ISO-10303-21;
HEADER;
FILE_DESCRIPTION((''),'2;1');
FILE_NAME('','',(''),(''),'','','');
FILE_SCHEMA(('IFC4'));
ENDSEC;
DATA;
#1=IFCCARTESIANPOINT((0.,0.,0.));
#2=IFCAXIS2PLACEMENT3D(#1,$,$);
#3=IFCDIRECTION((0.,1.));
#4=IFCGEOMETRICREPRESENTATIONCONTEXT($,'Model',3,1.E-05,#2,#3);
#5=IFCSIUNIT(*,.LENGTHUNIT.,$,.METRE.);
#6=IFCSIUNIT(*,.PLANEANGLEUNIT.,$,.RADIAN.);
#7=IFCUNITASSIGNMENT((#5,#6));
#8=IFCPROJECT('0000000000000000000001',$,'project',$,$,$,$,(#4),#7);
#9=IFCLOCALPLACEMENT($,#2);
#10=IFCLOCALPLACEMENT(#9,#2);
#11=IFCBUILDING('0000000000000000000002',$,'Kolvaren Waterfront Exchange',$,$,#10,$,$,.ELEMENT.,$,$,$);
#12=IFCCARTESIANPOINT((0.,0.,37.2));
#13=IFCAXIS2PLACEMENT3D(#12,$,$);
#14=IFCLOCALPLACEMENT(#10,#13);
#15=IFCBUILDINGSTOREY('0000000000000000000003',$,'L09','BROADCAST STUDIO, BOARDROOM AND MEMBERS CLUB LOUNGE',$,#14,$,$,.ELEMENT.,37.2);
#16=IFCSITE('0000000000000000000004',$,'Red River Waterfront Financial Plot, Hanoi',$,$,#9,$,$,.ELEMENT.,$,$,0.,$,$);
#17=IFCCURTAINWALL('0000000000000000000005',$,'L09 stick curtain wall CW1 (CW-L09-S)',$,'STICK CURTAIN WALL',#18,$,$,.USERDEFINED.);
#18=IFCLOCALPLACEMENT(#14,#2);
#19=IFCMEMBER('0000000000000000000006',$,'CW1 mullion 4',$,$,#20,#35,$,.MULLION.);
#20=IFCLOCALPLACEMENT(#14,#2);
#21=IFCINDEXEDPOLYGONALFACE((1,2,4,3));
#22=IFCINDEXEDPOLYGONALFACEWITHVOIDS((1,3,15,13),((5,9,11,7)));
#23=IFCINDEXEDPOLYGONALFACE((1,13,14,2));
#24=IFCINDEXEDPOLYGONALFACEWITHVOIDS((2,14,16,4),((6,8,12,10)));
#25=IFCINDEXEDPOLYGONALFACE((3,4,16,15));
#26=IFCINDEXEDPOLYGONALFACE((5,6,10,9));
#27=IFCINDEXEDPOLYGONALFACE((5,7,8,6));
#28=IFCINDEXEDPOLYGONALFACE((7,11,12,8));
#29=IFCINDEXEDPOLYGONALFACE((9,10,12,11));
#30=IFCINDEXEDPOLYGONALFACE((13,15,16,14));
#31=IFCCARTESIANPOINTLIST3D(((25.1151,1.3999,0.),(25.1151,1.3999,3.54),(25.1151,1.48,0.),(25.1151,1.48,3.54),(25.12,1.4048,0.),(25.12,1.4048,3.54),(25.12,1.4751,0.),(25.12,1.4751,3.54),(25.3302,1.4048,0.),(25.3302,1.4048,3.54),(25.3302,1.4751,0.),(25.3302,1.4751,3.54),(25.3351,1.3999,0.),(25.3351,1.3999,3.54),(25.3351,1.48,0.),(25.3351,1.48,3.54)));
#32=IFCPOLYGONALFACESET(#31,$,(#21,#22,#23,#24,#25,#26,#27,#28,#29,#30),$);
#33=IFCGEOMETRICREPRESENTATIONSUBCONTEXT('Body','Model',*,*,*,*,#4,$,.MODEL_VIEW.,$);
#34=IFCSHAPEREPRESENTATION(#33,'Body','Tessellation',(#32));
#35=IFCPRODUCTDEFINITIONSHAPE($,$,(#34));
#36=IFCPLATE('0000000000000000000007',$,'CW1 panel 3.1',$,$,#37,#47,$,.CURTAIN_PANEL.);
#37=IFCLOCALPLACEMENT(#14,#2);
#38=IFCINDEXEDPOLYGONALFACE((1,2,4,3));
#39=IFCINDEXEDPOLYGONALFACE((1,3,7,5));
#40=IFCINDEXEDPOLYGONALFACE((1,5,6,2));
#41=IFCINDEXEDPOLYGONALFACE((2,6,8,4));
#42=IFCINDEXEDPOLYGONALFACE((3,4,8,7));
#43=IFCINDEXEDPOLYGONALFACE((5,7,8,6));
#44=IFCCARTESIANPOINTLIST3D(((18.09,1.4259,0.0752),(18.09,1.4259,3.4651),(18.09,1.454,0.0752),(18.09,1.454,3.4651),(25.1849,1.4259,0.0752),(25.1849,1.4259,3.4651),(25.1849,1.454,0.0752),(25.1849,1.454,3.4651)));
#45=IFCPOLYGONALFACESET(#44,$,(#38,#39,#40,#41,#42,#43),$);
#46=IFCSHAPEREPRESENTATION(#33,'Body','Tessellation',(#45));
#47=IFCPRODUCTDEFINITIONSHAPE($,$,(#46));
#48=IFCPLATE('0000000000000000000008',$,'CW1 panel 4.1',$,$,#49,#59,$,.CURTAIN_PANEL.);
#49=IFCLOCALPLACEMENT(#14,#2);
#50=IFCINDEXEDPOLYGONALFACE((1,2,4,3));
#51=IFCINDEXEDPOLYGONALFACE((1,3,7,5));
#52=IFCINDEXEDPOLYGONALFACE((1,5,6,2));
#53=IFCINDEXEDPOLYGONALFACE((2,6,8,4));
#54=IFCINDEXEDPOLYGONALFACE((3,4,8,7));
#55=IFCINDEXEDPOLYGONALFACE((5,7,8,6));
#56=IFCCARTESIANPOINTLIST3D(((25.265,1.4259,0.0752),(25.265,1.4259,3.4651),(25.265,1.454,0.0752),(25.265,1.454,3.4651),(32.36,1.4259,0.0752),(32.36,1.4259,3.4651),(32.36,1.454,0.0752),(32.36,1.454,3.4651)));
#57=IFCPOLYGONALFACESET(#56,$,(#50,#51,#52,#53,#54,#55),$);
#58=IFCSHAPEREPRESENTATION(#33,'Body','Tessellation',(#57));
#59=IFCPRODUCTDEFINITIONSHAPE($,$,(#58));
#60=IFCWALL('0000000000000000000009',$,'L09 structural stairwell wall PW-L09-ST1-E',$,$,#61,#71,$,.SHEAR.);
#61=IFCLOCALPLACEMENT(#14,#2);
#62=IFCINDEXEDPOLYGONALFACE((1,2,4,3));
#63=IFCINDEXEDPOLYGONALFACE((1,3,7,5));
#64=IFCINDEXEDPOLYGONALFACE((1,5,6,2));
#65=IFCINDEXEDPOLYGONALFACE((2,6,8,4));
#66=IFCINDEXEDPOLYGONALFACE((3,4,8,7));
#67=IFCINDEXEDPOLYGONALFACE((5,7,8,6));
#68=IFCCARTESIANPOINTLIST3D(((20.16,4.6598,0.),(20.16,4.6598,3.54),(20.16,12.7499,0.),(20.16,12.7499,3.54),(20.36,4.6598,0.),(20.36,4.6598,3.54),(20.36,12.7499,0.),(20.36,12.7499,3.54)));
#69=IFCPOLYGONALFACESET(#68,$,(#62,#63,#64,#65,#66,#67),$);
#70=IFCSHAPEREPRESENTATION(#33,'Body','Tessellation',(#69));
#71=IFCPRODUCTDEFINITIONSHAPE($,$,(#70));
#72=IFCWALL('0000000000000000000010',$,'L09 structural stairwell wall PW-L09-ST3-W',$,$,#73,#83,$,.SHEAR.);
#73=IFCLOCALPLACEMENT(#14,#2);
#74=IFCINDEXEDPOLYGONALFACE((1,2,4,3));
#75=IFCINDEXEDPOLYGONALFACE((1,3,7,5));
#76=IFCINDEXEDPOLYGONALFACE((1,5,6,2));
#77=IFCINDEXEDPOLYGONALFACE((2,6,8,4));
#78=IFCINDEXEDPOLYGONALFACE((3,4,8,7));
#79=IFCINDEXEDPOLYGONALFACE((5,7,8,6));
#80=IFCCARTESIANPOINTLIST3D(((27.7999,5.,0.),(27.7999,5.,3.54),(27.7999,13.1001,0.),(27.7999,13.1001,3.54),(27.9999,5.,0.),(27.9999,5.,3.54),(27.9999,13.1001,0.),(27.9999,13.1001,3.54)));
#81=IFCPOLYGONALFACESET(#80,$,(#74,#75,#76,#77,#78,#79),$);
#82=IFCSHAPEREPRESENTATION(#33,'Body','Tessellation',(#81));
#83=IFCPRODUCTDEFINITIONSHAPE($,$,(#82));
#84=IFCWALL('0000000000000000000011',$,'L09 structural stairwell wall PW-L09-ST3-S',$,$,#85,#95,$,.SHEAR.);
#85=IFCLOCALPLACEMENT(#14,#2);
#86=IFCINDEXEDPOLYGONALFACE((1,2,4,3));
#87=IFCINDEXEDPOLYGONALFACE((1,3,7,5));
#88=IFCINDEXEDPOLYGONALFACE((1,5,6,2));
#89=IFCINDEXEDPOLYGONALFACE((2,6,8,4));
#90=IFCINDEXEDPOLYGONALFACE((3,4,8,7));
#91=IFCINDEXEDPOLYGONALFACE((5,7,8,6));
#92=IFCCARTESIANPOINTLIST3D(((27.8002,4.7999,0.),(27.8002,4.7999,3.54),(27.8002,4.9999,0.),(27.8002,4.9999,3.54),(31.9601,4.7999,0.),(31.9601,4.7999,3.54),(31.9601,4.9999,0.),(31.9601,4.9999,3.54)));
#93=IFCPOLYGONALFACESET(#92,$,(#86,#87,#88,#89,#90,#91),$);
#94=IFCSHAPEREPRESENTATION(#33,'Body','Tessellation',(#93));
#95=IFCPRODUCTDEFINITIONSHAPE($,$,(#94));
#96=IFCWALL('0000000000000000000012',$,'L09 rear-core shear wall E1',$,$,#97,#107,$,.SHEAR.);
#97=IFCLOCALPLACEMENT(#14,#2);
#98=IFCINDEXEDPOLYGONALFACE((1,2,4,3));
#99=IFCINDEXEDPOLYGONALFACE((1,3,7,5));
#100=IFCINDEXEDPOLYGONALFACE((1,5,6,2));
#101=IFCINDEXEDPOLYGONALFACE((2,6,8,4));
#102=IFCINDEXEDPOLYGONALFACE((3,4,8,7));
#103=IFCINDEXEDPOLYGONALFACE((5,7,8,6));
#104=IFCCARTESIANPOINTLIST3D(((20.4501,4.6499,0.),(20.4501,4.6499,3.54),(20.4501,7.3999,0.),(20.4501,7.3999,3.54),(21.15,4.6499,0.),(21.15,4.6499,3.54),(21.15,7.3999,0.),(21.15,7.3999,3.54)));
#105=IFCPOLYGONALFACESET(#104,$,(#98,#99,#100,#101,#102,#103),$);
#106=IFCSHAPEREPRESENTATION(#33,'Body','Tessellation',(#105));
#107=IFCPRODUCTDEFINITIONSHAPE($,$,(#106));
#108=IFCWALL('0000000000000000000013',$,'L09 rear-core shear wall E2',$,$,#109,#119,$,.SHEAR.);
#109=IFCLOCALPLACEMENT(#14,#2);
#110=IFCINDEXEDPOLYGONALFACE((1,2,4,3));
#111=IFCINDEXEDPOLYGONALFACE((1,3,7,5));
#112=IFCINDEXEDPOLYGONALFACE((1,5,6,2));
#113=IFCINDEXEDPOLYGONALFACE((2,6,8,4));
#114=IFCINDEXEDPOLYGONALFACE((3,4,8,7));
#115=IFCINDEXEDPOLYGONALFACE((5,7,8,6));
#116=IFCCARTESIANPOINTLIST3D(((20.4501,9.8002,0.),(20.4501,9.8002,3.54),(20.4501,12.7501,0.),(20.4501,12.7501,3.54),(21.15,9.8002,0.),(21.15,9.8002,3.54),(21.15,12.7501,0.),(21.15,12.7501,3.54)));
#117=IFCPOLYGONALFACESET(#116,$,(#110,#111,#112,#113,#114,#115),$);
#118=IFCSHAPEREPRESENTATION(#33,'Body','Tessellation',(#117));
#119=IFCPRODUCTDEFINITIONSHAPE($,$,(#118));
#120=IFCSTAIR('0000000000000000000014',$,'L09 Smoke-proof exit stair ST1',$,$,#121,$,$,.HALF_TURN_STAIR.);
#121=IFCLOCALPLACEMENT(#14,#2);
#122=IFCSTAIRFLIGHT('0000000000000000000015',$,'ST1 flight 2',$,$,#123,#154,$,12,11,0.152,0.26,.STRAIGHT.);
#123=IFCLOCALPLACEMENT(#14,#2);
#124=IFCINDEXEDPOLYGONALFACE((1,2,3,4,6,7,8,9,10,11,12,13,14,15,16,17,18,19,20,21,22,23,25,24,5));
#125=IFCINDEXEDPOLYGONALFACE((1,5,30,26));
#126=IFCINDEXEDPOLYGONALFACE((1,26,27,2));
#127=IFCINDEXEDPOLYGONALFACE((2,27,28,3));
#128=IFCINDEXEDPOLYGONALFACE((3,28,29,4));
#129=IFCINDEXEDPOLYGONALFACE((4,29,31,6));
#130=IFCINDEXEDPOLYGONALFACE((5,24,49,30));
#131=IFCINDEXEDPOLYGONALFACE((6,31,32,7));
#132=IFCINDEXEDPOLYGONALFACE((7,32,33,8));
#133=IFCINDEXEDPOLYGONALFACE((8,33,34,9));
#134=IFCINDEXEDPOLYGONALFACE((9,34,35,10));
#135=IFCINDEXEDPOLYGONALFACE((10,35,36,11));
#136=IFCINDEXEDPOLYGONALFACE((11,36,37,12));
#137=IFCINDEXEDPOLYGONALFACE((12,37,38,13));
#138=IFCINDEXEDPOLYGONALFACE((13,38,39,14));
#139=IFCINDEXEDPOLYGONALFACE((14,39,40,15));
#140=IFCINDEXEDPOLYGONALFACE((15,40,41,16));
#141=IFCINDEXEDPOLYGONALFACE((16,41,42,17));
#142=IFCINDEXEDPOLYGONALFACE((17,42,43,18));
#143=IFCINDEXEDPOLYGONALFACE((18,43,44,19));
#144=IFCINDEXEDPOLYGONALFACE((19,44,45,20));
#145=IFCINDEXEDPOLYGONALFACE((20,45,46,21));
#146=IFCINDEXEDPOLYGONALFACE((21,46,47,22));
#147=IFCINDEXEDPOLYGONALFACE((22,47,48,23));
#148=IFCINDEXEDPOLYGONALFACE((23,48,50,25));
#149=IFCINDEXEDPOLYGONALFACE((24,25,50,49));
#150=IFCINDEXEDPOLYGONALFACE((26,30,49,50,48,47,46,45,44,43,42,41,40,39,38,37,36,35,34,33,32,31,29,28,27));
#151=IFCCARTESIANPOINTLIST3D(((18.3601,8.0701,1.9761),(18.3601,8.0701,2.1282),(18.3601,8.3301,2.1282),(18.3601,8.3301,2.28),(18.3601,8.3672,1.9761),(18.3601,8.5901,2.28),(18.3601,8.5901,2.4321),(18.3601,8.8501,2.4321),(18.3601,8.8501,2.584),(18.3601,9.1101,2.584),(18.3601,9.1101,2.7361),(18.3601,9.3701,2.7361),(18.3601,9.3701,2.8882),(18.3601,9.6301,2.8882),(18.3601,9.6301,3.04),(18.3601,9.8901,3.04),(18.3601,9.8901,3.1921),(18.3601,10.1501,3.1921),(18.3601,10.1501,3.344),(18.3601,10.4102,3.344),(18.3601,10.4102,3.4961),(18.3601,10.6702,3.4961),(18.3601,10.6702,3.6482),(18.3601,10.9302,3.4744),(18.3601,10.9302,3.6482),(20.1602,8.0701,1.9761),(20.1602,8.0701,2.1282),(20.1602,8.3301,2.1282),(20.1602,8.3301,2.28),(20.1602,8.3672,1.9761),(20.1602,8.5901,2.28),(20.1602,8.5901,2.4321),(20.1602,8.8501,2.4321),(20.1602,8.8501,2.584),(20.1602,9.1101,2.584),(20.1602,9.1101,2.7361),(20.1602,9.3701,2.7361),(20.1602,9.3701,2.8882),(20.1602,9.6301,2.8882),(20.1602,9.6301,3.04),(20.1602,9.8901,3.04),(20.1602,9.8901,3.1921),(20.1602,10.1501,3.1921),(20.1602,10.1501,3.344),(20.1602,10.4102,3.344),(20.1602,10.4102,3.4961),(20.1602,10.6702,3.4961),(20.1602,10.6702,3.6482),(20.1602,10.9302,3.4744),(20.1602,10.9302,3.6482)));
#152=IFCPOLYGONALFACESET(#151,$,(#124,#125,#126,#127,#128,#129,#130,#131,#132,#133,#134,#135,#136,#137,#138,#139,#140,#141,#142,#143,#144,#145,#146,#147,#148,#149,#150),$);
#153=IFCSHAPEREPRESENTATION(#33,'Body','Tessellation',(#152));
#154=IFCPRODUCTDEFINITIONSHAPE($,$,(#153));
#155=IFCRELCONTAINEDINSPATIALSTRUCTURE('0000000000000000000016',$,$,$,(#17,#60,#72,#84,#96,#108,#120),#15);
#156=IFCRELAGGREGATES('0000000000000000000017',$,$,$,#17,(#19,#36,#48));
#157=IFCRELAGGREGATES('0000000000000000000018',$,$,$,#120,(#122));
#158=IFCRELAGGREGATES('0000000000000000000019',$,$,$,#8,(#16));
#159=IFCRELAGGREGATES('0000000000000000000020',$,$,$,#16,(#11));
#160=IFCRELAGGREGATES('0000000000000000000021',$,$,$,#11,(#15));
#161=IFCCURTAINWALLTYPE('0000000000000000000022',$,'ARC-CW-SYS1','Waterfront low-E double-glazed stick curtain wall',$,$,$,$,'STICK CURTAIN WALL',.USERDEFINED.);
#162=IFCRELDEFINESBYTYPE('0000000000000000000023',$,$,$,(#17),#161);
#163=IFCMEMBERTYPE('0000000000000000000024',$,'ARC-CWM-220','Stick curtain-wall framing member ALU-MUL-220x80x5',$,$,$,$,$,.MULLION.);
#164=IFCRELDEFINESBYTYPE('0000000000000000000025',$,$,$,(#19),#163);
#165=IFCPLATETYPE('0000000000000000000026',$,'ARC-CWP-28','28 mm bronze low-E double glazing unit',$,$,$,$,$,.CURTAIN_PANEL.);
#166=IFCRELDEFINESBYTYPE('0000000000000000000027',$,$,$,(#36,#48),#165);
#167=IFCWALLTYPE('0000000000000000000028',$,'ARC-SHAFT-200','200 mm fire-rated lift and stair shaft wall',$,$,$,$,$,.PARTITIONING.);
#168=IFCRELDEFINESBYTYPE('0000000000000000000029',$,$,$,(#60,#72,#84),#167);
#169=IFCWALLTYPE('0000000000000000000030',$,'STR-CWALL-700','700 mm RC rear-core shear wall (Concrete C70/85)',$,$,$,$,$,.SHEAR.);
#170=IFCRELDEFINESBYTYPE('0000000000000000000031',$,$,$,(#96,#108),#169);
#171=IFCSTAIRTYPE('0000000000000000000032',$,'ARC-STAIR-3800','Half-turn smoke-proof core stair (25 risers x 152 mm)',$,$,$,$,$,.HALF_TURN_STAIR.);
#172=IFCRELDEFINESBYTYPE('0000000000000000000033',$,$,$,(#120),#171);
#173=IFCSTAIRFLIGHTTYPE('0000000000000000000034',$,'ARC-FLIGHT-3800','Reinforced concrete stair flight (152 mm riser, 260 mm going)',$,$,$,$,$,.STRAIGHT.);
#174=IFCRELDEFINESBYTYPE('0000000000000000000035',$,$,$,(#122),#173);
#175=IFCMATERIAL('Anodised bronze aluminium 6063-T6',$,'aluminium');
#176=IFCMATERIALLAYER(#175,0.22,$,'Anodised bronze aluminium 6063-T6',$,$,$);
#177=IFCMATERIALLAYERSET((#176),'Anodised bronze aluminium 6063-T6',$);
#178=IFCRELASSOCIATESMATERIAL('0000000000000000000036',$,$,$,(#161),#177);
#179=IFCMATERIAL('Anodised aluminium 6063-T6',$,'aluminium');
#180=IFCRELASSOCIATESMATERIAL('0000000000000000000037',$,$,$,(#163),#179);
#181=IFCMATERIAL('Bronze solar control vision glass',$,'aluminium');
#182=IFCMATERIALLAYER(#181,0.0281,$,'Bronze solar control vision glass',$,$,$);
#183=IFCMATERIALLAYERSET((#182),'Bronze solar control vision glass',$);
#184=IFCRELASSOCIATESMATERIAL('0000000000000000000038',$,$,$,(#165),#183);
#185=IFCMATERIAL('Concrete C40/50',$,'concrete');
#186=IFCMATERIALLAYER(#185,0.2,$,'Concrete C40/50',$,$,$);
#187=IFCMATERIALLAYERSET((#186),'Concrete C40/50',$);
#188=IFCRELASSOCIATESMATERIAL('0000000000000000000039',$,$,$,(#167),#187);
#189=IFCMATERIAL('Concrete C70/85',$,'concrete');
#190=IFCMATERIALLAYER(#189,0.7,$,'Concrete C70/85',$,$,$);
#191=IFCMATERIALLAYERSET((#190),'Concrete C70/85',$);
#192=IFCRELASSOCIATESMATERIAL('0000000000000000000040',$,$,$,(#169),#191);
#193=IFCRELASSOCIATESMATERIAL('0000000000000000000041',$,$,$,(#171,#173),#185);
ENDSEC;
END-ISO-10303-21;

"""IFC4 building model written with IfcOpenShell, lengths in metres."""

from ifc_helpers import new_model, si_unit, direction, frame, frame_2d, origin, origin_with_axes, origin_2d, place, context, subcontext, project, spatial, polyline, rectangle, hollow_rectangle, outline, extrude, source, transform, mapped, material, layer, layer_set, material_profile, profile_set, type_object, element, aggregate, save


model = new_model("IFC4")

# Units and contexts
model_context = context("Model", 3, precision=1e-05, world=origin(), true_north=direction((0.0, 1.0)))
body_context = subcontext(model_context, "Body", "Model", "MODEL_VIEW")
ifc_project = project(units=[si_unit("LENGTHUNIT", "METRE"), si_unit("PLANEANGLEUNIT", "RADIAN")], contexts=[model_context])

# Site, building, storey
site_placement = place(None, origin())
site = spatial("IfcSite", under=ifc_project, at=site_placement, Name="Red River Waterfront Financial Plot, Hanoi", CompositionType="ELEMENT", RefElevation=0.0)
building_placement = place(site_placement, origin())
building = spatial("IfcBuilding", under=site, at=building_placement, Name="Kolvaren Waterfront Exchange", CompositionType="ELEMENT")
storey_placement = place(building_placement, frame((0.0, 0.0, 37.2)))
storey = spatial("IfcBuildingStorey", under=building, at=storey_placement, Name="L09", Description="BROADCAST STUDIO, BOARDROOM AND MEMBERS CLUB LOUNGE", CompositionType="ELEMENT", Elevation=37.2)

# Shared definitions
ifc_material_1 = material(Name="Concrete C70/85", Category="concrete")

# Curtain wall, member, plates
ifc_material_2 = material(Name="Anodised bronze aluminium 6063-T6", Category="aluminium")
ifc_layer_1 = layer(ifc_material_2, 0.22, Name="Anodised bronze aluminium 6063-T6")
ifc_layer_set_1 = layer_set([ifc_layer_1], Name="Anodised bronze aluminium 6063-T6")
curtain_wall_type = type_object("IfcCurtainWallType", Name="ARC-CW-SYS1", Description="Waterfront low-E double-glazed stick curtain wall", ElementType="STICK CURTAIN WALL", PredefinedType="USERDEFINED", material=ifc_layer_set_1)
curtain_wall_placement = place(storey_placement, origin())
curtain_wall = element("IfcCurtainWall", 1, at=curtain_wall_placement, inside=storey, type_object=curtain_wall_type, Name="L09 stick curtain wall CW1 (CW-L09-S)", ObjectType="STICK CURTAIN WALL", PredefinedType="USERDEFINED")
ifc_material_3 = material(Name="Anodised aluminium 6063-T6", Category="aluminium")
ifc_material_profile_1 = material_profile(ifc_material_3, hollow_rectangle(XDim=0.0801, YDim=0.22, WallThickness=0.0049, at=origin_2d()), Name="ALU-MUL-220x80x5")
ifc_profile_set_1 = profile_set([ifc_material_profile_1], Name="Anodised aluminium 6063-T6")
member_type_1 = type_object("IfcMemberType", Name="ARC-CWM-220", Description="Stick curtain-wall framing member ALU-MUL-220x80x5", PredefinedType="MULLION", material=ifc_profile_set_1)
shared_shape_1 = source(origin_with_axes(), body_context, "Body", "SweptSolid", [
    extrude(hollow_rectangle(XDim=0.0801, YDim=0.22, WallThickness=0.0049, at=origin_2d()), origin(), (0.0, 0.0, 1.0), 3.54),
])
member_1_placement = place(storey_placement, frame((25.2251, 1.4399, 0.0), z_axis=(0.0, 0.0, 1.0), x_axis=(0.0, 1.0, 0.0)))
member_1 = element("IfcMember", 2, at=member_1_placement, type_object=member_type_1, Name="CW1 mullion 4", PredefinedType="MULLION", context=body_context, shape_type="MappedRepresentation", body=[
    mapped(shared_shape_1, transform((0.0, 0.0, 0.0), x_axis=(1.0, 0.0, 0.0), y_axis=(0.0, 1.0, 0.0), z_axis=(0.0, 0.0, 1.0), scale=1.0)),
])
ifc_material_4 = material(Name="Bronze solar control vision glass", Category="aluminium")
ifc_layer_2 = layer(ifc_material_4, 0.0281, Name="Bronze solar control vision glass")
ifc_layer_set_2 = layer_set([ifc_layer_2], Name="Bronze solar control vision glass")
plate_type = type_object("IfcPlateType", Name="ARC-CWP-28", Description="28 mm bronze low-E double glazing unit", PredefinedType="CURTAIN_PANEL", material=ifc_layer_set_2)
shared_shape_2 = source(origin_with_axes(), body_context, "Body", "SweptSolid", [
    extrude(rectangle(XDim=7.095, YDim=0.0281, at=origin_2d()), origin(), (0.0, 0.0, 1.0), 3.3899),
])
plate_1_placement = place(storey_placement, frame((21.6375, 1.4399, 0.0752), z_axis=(0.0, 0.0, 1.0), x_axis=(1.0, 0.0, 0.0)))
plate_1 = element("IfcPlate", 3, at=plate_1_placement, type_object=plate_type, Name="CW1 panel 3.1", PredefinedType="CURTAIN_PANEL", context=body_context, shape_type="MappedRepresentation", body=[
    mapped(shared_shape_2, transform((0.0, 0.0, 0.0), x_axis=(1.0, 0.0, 0.0), y_axis=(0.0, 1.0, 0.0), z_axis=(0.0, 0.0, 1.0), scale=1.0)),
])
plate_2_placement = place(storey_placement, frame((28.8125, 1.4399, 0.0752), z_axis=(0.0, 0.0, 1.0), x_axis=(1.0, 0.0, 0.0)))
plate_2 = element("IfcPlate", 4, at=plate_2_placement, type_object=plate_type, Name="CW1 panel 4.1", PredefinedType="CURTAIN_PANEL", context=body_context, shape_type="MappedRepresentation", body=[
    mapped(shared_shape_2, transform((0.0, 0.0, 0.0), x_axis=(1.0, 0.0, 0.0), y_axis=(0.0, 1.0, 0.0), z_axis=(0.0, 0.0, 1.0), scale=1.0)),
])
aggregate(curtain_wall, [member_1, plate_1, plate_2])

# Walls
ifc_material_5 = material(Name="Concrete C40/50", Category="concrete")
ifc_layer_3 = layer(ifc_material_5, 0.2, Name="Concrete C40/50")
ifc_layer_set_3 = layer_set([ifc_layer_3], Name="Concrete C40/50")
wall_type_1 = type_object("IfcWallType", Name="ARC-SHAFT-200", Description="200 mm fire-rated lift and stair shaft wall", PredefinedType="PARTITIONING", material=ifc_layer_set_3)
wall_1_placement = place(storey_placement, frame((20.26, 4.6599, 0.0), z_axis=(0.0, 0.0, 1.0), x_axis=(0.0, 1.0, 0.0)))
element("IfcWall", 5, at=wall_1_placement, inside=storey, type_object=wall_type_1, Name="L09 structural stairwell wall PW-L09-ST1-E", PredefinedType="SHEAR", context=body_context, shape_type="SweptSolid", body=[
    extrude(rectangle(XDim=8.0901, YDim=0.2, at=frame_2d((4.0449, 0.0))), origin(), (0.0, 0.0, 1.0), 3.54),
])
wall_2_placement = place(storey_placement, frame((27.8999, 5.0, 0.0), z_axis=(0.0, 0.0, 1.0), x_axis=(0.0, 1.0, 0.0)))
element("IfcWall", 6, at=wall_2_placement, inside=storey, type_object=wall_type_1, Name="L09 structural stairwell wall PW-L09-ST3-W", PredefinedType="SHEAR", context=body_context, shape_type="SweptSolid", body=[
    extrude(rectangle(XDim=8.1001, YDim=0.2, at=frame_2d((4.05, 0.0))), origin(), (0.0, 0.0, 1.0), 3.54),
])
wall_3_placement = place(storey_placement, frame((27.8, 4.8999, 0.0), z_axis=(0.0, 0.0, 1.0), x_axis=(1.0, 0.0, 0.0)))
element("IfcWall", 7, at=wall_3_placement, inside=storey, type_object=wall_type_1, Name="L09 structural stairwell wall PW-L09-ST3-S", PredefinedType="SHEAR", context=body_context, shape_type="SweptSolid", body=[
    extrude(rectangle(XDim=4.1599, YDim=0.2, at=frame_2d((2.0801, 0.0))), origin(), (0.0, 0.0, 1.0), 3.54),
])
ifc_layer_4 = layer(ifc_material_1, 0.7, Name="Concrete C70/85")
ifc_layer_set_4 = layer_set([ifc_layer_4], Name="Concrete C70/85")
wall_type_2 = type_object("IfcWallType", Name="STR-CWALL-700", Description="700 mm RC rear-core shear wall (Concrete C70/85)", PredefinedType="SHEAR", material=ifc_layer_set_4)
wall_4_placement = place(storey_placement, frame((20.8, 4.6499, 0.0), z_axis=(0.0, 0.0, 1.0), x_axis=(0.0, 1.0, 0.0)))
element("IfcWall", 8, at=wall_4_placement, inside=storey, type_object=wall_type_2, Name="L09 rear-core shear wall E1", PredefinedType="SHEAR", context=body_context, shape_type="SweptSolid", body=[
    extrude(rectangle(XDim=2.75, YDim=0.7, at=frame_2d((1.375, 0.0))), origin(), (0.0, 0.0, 1.0), 3.54),
])
wall_5_placement = place(storey_placement, frame((20.8, 9.8, 0.0), z_axis=(0.0, 0.0, 1.0), x_axis=(0.0, 1.0, 0.0)))
element("IfcWall", 9, at=wall_5_placement, inside=storey, type_object=wall_type_2, Name="L09 rear-core shear wall E2", PredefinedType="SHEAR", context=body_context, shape_type="SweptSolid", body=[
    extrude(rectangle(XDim=2.95, YDim=0.7, at=frame_2d((1.4751, 0.0))), origin(), (0.0, 0.0, 1.0), 3.54),
])

# Stair, stair flight
stair_type = type_object("IfcStairType", Name="ARC-STAIR-3800", Description="Half-turn smoke-proof core stair (25 risers x 152 mm)", PredefinedType="HALF_TURN_STAIR", material=ifc_material_5)
stair_1_placement = place(storey_placement, origin())
stair_1 = element("IfcStair", 10, at=stair_1_placement, inside=storey, type_object=stair_type, Name="L09 Smoke-proof exit stair ST1", PredefinedType="HALF_TURN_STAIR")
stair_flight_type = type_object("IfcStairFlightType", Name="ARC-FLIGHT-3800", Description="Reinforced concrete stair flight (152 mm riser, 260 mm going)", PredefinedType="STRAIGHT", material=ifc_material_5)
stair_flight_1_placement = place(storey_placement, frame((19.26, 8.0701, 1.9761), z_axis=(0.0, 0.0, 1.0), x_axis=(0.0, 1.0, 0.0)))
stair_flight_1 = element("IfcStairFlight", 11, at=stair_flight_1_placement, type_object=stair_flight_type, Name="ST1 flight 2", NumberOfRisers=12, NumberOfTreads=11, PredefinedType="STRAIGHT", RiserHeight=0.152, TreadLength=0.26, context=body_context, shape_type="SweptSolid", body=[
    extrude(outline(polyline([(0.0, 0.0), (0.0, 0.1521), (0.26, 0.1521), (0.26, 0.304), (0.52, 0.304), (0.52, 0.4561), (0.78, 0.4561), (0.78, 0.6079), (1.04, 0.6079), (1.04, 0.76), (1.3, 0.76), (1.3, 0.9121), (1.5601, 0.9121), (1.5601, 1.064), (1.8201, 1.064), (1.8201, 1.2161), (2.0801, 1.2161), (2.0801, 1.3679), (2.3401, 1.3679), (2.3401, 1.52), (2.6001, 1.52), (2.6001, 1.6721), (2.8601, 1.6721), (2.8601, 1.824), (2.8601, 1.4983), (0.2971, 0.0), (0.0, 0.0)])), frame((0.0, 0.8999, 0.0), z_axis=(0.0, -1.0, 0.0), x_axis=(1.0, 0.0, 0.0)), (0.0, 0.0, 1.0), 1.8),
])
aggregate(stair_1, [stair_flight_1])

save(model, "model.ifc")
